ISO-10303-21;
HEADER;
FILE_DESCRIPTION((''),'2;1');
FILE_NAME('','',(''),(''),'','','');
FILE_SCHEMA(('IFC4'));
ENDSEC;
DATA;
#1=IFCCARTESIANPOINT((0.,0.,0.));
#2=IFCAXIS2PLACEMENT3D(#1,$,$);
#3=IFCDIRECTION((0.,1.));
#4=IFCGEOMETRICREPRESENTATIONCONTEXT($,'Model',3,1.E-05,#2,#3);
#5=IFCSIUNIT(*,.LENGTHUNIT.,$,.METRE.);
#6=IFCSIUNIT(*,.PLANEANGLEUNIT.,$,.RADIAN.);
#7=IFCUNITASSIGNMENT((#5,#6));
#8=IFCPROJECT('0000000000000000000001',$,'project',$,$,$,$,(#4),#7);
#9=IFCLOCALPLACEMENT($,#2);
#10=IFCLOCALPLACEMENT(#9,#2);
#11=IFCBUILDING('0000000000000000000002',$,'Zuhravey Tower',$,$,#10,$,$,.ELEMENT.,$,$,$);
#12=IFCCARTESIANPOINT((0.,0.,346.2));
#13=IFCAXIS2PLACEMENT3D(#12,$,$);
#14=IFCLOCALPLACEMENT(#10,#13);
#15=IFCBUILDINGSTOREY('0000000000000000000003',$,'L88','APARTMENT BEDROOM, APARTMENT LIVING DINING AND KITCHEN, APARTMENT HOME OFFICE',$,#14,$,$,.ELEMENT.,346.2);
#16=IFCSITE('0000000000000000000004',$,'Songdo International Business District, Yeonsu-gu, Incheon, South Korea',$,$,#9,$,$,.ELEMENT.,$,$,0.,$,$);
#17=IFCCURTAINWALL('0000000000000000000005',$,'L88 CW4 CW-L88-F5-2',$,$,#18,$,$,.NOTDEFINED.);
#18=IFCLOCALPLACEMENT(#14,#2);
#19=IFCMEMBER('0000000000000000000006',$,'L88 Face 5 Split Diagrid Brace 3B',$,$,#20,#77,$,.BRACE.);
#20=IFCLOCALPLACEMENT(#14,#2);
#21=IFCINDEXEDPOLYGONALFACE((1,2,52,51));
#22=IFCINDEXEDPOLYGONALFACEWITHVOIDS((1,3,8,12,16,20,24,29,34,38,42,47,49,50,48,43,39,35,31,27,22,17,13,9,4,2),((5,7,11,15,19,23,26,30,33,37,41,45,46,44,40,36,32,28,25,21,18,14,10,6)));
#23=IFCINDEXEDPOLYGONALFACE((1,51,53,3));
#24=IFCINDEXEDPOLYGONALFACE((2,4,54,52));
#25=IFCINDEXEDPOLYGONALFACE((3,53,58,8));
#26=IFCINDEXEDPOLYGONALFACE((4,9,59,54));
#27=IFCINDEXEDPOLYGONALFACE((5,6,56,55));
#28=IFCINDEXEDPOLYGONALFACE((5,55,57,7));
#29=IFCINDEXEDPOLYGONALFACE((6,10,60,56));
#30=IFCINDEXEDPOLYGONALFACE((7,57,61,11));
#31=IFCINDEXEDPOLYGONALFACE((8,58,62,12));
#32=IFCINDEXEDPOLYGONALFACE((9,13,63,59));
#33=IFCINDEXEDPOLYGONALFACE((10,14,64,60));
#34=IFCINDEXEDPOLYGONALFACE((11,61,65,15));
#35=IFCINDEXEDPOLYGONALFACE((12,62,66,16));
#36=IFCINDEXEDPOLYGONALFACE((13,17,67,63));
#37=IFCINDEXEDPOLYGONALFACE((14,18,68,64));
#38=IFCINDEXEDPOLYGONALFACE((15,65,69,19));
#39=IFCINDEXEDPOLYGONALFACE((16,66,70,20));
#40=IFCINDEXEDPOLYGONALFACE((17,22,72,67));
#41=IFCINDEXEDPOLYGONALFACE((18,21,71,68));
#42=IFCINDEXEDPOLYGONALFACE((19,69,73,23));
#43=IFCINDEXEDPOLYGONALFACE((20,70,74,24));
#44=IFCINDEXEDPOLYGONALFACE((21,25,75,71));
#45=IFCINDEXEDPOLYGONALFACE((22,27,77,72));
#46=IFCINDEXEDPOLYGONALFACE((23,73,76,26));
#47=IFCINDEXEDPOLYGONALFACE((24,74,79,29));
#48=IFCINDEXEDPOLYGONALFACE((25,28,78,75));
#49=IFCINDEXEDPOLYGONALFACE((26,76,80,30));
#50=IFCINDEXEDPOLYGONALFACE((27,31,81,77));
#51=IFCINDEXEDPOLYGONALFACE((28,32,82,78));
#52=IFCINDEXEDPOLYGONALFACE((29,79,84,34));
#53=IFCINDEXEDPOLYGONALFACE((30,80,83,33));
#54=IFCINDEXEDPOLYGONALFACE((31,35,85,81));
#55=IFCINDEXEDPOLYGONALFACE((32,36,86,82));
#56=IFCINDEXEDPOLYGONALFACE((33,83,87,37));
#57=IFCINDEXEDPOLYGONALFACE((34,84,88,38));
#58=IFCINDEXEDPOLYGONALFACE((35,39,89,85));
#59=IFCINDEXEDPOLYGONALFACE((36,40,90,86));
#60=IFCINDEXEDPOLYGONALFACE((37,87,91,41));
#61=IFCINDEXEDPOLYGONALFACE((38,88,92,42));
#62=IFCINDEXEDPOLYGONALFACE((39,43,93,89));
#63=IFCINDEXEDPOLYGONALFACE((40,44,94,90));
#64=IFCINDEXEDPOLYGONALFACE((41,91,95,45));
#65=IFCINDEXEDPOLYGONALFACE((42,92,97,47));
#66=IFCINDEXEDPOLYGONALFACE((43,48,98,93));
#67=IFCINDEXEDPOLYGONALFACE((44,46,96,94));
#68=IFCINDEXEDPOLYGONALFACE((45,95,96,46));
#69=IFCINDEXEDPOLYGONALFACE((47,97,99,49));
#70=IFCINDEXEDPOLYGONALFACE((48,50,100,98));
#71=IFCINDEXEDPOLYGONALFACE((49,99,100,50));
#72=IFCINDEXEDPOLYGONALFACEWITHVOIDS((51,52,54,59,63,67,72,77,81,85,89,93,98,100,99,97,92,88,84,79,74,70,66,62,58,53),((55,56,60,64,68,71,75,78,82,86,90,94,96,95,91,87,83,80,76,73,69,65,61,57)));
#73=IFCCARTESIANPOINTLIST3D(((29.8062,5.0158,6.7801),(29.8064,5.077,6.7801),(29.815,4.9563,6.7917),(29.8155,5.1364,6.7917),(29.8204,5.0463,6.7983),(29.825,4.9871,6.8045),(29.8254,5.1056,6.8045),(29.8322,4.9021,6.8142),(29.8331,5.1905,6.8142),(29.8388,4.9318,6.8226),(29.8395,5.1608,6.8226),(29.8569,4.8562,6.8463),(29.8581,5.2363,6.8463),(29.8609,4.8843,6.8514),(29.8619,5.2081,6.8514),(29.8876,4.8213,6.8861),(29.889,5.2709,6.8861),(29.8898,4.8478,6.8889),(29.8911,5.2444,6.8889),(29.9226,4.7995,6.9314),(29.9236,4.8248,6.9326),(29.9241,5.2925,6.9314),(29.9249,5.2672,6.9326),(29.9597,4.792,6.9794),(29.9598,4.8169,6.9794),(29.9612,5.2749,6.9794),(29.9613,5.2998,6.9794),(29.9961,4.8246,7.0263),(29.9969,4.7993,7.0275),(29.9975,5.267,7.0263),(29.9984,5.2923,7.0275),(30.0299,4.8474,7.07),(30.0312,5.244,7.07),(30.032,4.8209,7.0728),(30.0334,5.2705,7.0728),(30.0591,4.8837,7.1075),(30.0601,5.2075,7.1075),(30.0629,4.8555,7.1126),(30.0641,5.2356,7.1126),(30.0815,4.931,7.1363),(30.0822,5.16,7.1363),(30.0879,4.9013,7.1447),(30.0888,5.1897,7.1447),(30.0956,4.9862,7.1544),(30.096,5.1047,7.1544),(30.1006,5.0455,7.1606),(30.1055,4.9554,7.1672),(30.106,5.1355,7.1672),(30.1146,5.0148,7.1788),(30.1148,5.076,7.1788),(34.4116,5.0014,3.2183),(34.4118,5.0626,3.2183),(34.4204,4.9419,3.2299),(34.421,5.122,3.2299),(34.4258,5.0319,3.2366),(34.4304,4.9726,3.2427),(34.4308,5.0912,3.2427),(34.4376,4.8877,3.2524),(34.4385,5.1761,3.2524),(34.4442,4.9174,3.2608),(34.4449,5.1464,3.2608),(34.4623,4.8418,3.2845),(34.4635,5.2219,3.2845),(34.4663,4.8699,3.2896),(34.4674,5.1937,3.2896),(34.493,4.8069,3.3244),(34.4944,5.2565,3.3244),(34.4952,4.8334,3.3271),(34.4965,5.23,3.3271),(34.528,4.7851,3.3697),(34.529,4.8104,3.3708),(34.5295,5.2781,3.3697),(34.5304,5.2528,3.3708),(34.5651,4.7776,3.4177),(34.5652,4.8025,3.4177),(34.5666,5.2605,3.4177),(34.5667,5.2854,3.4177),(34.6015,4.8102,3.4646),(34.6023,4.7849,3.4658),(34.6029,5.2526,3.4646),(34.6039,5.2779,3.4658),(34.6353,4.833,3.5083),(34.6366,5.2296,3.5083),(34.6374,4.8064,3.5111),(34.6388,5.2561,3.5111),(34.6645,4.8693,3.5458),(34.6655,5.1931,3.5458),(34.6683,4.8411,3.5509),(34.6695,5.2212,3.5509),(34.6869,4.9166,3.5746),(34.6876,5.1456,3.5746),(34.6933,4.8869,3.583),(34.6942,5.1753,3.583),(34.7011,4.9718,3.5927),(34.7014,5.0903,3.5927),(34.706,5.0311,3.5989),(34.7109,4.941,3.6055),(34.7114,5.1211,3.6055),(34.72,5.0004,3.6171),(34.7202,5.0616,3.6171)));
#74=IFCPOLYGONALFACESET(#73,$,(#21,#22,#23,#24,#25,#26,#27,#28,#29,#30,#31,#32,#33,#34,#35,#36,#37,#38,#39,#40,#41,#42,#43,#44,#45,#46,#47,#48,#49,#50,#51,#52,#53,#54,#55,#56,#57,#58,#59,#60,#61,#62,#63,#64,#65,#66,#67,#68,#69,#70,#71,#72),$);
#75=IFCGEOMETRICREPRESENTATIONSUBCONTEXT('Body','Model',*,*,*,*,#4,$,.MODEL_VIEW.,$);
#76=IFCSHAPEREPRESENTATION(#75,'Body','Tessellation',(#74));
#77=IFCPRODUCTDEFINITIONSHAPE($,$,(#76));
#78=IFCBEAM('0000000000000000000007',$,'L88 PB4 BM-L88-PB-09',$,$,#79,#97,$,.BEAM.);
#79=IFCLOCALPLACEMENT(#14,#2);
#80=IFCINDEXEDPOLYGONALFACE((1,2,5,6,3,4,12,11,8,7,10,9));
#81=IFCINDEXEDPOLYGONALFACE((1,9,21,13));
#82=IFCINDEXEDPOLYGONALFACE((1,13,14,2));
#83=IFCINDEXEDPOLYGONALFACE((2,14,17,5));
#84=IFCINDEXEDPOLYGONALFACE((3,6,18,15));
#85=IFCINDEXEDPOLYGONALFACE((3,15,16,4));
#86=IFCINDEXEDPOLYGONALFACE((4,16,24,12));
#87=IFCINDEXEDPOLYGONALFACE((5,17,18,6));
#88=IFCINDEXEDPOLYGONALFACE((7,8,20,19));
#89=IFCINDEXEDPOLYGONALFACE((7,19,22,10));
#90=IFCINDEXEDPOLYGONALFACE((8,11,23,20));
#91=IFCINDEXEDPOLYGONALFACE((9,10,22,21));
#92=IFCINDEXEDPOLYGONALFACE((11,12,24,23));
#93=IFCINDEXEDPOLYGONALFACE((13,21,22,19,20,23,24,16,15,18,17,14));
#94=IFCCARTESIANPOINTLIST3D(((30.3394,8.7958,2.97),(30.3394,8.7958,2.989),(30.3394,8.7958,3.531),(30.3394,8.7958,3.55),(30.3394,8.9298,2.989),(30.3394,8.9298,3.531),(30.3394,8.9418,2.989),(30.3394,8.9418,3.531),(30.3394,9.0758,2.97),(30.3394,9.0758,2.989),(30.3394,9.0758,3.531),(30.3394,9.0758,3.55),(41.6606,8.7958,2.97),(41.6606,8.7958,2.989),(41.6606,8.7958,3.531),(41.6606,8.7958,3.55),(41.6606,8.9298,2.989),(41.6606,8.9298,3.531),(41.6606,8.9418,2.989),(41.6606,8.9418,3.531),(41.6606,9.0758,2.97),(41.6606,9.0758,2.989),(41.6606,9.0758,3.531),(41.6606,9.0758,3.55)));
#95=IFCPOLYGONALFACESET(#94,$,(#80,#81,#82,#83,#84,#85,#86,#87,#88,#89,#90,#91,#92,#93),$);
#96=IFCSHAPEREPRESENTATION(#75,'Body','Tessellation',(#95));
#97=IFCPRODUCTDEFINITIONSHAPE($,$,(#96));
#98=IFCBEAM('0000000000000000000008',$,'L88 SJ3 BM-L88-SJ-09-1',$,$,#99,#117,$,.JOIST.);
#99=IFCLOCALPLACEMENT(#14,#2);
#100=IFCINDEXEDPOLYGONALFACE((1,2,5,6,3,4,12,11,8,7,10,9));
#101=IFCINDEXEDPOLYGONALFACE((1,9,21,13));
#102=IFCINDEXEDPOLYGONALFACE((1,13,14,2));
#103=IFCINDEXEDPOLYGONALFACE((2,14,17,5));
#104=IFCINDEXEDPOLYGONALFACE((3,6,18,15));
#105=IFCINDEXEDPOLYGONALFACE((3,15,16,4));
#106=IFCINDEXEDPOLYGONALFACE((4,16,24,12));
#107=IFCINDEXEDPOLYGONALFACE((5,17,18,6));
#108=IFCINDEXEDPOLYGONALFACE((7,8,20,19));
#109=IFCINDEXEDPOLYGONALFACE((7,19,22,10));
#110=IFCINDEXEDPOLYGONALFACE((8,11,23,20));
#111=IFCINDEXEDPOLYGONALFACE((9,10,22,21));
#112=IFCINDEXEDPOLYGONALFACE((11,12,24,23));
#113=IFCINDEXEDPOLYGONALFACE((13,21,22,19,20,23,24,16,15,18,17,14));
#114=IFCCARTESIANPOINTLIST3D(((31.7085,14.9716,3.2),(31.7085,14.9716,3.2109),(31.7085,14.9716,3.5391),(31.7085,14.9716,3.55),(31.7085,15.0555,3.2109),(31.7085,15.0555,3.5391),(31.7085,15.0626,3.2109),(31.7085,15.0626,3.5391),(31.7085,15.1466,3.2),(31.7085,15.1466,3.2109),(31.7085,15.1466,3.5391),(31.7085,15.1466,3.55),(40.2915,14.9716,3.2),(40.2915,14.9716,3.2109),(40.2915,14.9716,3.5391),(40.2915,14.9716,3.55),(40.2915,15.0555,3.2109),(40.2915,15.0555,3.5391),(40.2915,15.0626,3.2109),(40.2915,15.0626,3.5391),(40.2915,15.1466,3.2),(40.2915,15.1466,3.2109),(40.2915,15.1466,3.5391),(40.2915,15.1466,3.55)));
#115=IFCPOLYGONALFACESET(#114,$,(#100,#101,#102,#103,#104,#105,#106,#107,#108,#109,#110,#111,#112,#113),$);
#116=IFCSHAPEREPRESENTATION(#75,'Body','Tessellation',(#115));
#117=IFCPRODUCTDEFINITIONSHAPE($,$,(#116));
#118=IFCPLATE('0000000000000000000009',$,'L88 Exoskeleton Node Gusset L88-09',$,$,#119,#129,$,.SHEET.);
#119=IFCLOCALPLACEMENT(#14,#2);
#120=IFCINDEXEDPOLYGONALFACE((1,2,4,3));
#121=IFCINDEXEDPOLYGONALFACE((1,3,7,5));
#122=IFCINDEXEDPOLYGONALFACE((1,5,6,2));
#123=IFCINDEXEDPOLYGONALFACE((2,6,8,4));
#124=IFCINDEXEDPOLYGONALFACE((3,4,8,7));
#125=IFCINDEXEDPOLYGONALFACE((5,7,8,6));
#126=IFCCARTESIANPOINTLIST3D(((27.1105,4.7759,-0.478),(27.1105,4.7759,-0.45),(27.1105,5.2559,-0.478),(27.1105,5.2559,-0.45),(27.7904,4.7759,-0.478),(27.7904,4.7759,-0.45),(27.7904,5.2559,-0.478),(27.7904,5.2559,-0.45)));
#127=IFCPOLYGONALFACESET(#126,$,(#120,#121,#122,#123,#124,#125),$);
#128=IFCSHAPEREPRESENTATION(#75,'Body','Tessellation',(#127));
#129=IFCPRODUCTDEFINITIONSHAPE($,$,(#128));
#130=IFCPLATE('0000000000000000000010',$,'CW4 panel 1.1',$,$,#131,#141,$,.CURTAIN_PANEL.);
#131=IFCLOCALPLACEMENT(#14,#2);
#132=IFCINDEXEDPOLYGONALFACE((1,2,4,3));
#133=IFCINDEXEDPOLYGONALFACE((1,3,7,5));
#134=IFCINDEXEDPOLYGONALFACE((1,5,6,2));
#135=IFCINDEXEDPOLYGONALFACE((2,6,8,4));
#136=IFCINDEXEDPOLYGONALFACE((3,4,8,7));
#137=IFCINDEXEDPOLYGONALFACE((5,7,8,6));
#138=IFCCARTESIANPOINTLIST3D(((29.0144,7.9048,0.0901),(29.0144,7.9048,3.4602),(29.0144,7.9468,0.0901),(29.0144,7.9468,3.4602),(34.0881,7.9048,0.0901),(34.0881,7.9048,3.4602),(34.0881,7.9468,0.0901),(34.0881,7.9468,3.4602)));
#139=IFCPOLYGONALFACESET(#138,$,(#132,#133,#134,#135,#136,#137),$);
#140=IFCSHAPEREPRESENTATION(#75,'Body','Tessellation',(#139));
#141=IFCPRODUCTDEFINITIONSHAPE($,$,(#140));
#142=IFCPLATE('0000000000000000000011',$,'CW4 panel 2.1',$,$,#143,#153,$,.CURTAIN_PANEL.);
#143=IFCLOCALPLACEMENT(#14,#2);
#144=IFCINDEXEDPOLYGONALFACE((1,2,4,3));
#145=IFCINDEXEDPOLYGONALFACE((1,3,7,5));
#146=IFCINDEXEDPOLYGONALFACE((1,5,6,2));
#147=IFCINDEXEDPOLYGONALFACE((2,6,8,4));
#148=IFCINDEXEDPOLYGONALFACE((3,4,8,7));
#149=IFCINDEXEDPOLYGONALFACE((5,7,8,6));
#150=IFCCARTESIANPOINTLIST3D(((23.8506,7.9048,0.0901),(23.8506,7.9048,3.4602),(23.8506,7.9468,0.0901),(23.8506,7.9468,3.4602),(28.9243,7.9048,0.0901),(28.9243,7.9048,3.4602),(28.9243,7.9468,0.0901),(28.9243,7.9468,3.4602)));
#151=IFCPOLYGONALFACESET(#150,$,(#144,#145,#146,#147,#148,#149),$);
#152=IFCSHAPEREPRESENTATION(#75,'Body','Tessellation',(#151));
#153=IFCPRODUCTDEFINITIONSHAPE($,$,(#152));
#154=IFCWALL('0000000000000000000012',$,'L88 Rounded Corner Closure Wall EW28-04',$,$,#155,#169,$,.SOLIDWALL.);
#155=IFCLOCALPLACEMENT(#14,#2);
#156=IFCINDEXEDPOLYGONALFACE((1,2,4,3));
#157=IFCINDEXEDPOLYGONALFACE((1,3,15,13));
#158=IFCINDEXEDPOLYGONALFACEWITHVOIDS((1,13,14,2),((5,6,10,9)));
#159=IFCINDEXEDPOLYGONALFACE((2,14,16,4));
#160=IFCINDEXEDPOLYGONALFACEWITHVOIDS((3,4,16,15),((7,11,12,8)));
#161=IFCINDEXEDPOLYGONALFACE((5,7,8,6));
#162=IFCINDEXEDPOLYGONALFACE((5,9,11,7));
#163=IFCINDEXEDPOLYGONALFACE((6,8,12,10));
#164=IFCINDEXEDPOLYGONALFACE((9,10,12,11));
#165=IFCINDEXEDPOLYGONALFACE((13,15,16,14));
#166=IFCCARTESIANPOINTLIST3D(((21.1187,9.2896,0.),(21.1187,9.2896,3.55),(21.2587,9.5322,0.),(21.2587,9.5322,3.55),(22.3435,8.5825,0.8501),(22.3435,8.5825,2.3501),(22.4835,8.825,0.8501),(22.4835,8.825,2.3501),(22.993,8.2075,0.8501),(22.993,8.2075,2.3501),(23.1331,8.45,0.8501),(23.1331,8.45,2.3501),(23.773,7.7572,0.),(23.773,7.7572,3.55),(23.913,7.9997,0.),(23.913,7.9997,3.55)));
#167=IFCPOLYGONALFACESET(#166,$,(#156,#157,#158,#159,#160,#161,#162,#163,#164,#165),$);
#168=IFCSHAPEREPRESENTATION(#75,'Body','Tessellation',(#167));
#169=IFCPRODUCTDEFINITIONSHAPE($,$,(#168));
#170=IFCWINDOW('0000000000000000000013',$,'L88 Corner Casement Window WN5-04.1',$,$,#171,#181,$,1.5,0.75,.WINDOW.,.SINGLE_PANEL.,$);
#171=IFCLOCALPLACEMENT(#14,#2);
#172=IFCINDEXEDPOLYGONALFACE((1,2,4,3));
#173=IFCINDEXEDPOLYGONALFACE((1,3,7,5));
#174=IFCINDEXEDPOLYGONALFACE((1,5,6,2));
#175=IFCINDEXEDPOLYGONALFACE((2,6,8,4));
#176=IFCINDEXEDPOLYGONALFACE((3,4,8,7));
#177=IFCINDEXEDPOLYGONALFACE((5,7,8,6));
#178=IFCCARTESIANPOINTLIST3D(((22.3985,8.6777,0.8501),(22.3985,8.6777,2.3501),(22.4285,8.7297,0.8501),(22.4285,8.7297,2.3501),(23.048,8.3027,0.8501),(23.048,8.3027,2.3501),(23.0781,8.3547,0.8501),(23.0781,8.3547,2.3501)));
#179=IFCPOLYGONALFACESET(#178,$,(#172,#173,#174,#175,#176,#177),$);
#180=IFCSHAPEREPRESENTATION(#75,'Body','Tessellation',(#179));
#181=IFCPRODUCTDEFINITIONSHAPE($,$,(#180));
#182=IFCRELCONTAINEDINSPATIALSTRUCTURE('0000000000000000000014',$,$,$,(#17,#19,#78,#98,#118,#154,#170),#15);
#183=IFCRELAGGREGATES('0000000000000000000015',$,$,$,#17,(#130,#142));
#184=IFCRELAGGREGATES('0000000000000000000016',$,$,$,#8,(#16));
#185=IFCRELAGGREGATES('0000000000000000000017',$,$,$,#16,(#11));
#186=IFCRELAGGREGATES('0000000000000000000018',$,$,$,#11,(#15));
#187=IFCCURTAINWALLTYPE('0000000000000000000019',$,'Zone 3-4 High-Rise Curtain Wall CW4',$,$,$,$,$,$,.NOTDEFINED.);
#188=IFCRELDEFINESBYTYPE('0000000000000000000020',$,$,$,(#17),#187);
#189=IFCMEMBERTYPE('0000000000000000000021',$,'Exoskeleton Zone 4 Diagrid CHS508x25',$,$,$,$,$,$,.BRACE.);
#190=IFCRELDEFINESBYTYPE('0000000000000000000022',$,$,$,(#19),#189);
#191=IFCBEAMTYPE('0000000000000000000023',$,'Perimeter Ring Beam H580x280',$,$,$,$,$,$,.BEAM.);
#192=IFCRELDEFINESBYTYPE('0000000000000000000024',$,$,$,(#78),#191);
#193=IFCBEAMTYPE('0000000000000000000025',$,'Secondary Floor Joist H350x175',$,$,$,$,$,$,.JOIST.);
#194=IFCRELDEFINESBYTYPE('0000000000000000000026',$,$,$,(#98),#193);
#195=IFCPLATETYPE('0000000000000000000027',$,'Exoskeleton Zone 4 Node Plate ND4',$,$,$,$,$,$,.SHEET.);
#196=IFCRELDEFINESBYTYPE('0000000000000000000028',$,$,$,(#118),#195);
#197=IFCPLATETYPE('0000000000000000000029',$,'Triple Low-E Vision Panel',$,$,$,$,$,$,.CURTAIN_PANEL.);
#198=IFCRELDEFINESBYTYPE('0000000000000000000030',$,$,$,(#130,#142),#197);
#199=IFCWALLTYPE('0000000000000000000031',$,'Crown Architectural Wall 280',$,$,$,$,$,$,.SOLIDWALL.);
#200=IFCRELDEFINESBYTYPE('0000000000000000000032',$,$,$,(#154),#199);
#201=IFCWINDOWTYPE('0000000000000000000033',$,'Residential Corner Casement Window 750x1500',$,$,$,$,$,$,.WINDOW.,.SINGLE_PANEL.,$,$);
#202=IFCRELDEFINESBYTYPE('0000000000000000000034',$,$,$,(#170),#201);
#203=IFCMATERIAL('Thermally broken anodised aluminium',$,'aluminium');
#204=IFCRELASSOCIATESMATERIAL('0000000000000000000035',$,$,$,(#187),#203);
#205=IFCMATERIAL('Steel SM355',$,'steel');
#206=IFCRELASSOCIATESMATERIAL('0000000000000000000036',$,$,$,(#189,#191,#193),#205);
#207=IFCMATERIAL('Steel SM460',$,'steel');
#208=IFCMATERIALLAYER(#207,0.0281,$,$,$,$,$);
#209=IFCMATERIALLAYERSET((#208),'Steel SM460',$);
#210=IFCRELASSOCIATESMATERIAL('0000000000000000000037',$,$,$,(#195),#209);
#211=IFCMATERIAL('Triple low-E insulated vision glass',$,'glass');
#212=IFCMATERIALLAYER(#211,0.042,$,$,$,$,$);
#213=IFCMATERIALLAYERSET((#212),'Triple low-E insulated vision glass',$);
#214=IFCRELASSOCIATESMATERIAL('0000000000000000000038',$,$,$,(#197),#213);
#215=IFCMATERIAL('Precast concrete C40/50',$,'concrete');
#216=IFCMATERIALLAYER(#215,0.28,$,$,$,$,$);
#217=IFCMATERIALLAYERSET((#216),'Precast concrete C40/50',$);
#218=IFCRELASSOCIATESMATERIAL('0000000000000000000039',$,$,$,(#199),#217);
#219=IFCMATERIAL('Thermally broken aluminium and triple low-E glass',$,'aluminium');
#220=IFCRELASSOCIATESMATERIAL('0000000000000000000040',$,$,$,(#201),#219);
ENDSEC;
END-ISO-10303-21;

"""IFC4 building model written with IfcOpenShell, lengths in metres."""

from ifc_helpers import new_model, si_unit, direction, frame, frame_2d, origin, origin_2d, place, context, subcontext, project, spatial, rectangle, hollow_circle, i_section, extrude, material, layer, layer_set, material_profile, profile_set, type_object, element, fill, aggregate, save


model = new_model("IFC4")

# Units and contexts
model_context = context("Model", 3, precision=1e-05, world=origin(), true_north=direction((0.0, 1.0)))
body_context = subcontext(model_context, "Body", "Model", "MODEL_VIEW")
ifc_project = project(units=[si_unit("LENGTHUNIT", "METRE"), si_unit("PLANEANGLEUNIT", "RADIAN")], contexts=[model_context])

# Site, building, storey
site_placement = place(None, origin())
site = spatial("IfcSite", under=ifc_project, at=site_placement, Name="Songdo International Business District, Yeonsu-gu, Incheon, South Korea", CompositionType="ELEMENT", RefElevation=0.0)
building_placement = place(site_placement, origin())
building = spatial("IfcBuilding", under=site, at=building_placement, Name="Zuhravey Tower", CompositionType="ELEMENT")
storey_placement = place(building_placement, frame((0.0, 0.0, 346.2)))
storey = spatial("IfcBuildingStorey", under=building, at=storey_placement, Name="L88", Description="APARTMENT BEDROOM, APARTMENT LIVING DINING AND KITCHEN, APARTMENT HOME OFFICE", CompositionType="ELEMENT", Elevation=346.2)

# Curtain wall
ifc_material_1 = material(Name="Thermally broken anodised aluminium", Category="aluminium")
curtain_wall_type = type_object("IfcCurtainWallType", Name="Zone 3-4 High-Rise Curtain Wall CW4", PredefinedType="NOTDEFINED", material=ifc_material_1)
curtain_wall_placement = place(storey_placement, origin())
curtain_wall = element("IfcCurtainWall", 1, at=curtain_wall_placement, inside=storey, type_object=curtain_wall_type, Name="L88 CW4 CW-L88-F5-2", PredefinedType="NOTDEFINED")

# Member
ifc_material_2 = material(Name="Steel SM355", Category="steel")
ifc_material_profile_1 = material_profile(ifc_material_2, hollow_circle(Radius=0.2539, WallThickness=0.0249, at=origin_2d()), Name="CHS-508.0x25")
ifc_profile_set_1 = profile_set([ifc_material_profile_1], Name="Steel SM355")
member_type_1 = type_object("IfcMemberType", Name="Exoskeleton Zone 4 Diagrid CHS508x25", PredefinedType="BRACE", material=ifc_profile_set_1)
member_1_placement = place(storey_placement, frame((34.5659, 5.0315, 3.4177), z_axis=(-0.791034, 0.002474, 0.611768), x_axis=(-0.003128, -0.999995, 0.0)))
element("IfcMember", 2, at=member_1_placement, inside=storey, type_object=member_type_1, Name="L88 Face 5 Split Diagrid Brace 3B", PredefinedType="BRACE", context=body_context, shape_type="SweptSolid", body=[
    extrude(hollow_circle(Radius=0.2539, WallThickness=0.0249, at=origin_2d()), origin(), (0.0, 0.0, 1.0), 5.822),
])

# Beams
ifc_material_profile_2 = material_profile(ifc_material_2, i_section(OverallWidth=0.28, OverallDepth=0.5801, WebThickness=0.012, FlangeThickness=0.019, at=origin_2d()), Name="H-580x280x12x19")
ifc_profile_set_2 = profile_set([ifc_material_profile_2], Name="Steel SM355")
beam_type_1 = type_object("IfcBeamType", Name="Perimeter Ring Beam H580x280", PredefinedType="BEAM", material=ifc_profile_set_2)
beam_1_placement = place(storey_placement, frame((30.3394, 8.9358, 3.26), z_axis=(1.0, 0.0, 0.0), x_axis=(0.0, 1.0, 0.0)))
element("IfcBeam", 3, at=beam_1_placement, inside=storey, type_object=beam_type_1, Name="L88 PB4 BM-L88-PB-09", PredefinedType="BEAM", context=body_context, shape_type="SweptSolid", body=[
    extrude(i_section(OverallWidth=0.28, OverallDepth=0.5801, WebThickness=0.012, FlangeThickness=0.019, at=origin_2d()), origin(), (0.0, 0.0, 1.0), 11.3213),
])
ifc_material_profile_3 = material_profile(ifc_material_2, i_section(OverallWidth=0.175, OverallDepth=0.3501, WebThickness=0.0071, FlangeThickness=0.011, at=origin_2d()), Name="H-350x175x7x11")
ifc_profile_set_3 = profile_set([ifc_material_profile_3], Name="Steel SM355")
beam_type_2 = type_object("IfcBeamType", Name="Secondary Floor Joist H350x175", PredefinedType="JOIST", material=ifc_profile_set_3)
beam_2_placement = place(storey_placement, frame((31.7085, 15.0591, 3.375), z_axis=(1.0, 0.0, 0.0), x_axis=(0.0, 1.0, 0.0)))
element("IfcBeam", 4, at=beam_2_placement, inside=storey, type_object=beam_type_2, Name="L88 SJ3 BM-L88-SJ-09-1", PredefinedType="JOIST", context=body_context, shape_type="SweptSolid", body=[
    extrude(i_section(OverallWidth=0.175, OverallDepth=0.3501, WebThickness=0.0071, FlangeThickness=0.011, at=origin_2d()), origin(), (0.0, 0.0, 1.0), 8.583),
])

# Plates
ifc_material_3 = material(Name="Steel SM460", Category="steel")
ifc_layer_1 = layer(ifc_material_3, 0.0281)
ifc_layer_set_1 = layer_set([ifc_layer_1], Name="Steel SM460")
plate_type_1 = type_object("IfcPlateType", Name="Exoskeleton Zone 4 Node Plate ND4", PredefinedType="SHEET", material=ifc_layer_set_1)
plate_1_placement = place(storey_placement, frame((27.4504, 5.0159, -0.478), z_axis=(0.0, 0.0, 1.0), x_axis=(1.0, 0.0, 0.0)))
element("IfcPlate", 5, at=plate_1_placement, inside=storey, type_object=plate_type_1, Name="L88 Exoskeleton Node Gusset L88-09", PredefinedType="SHEET", context=body_context, shape_type="SweptSolid", body=[
    extrude(rectangle(XDim=0.6799, YDim=0.48, at=origin_2d()), origin(), (0.0, 0.0, 1.0), 0.0281),
])
ifc_material_4 = material(Name="Triple low-E insulated vision glass", Category="glass")
ifc_layer_2 = layer(ifc_material_4, 0.042)
ifc_layer_set_2 = layer_set([ifc_layer_2], Name="Triple low-E insulated vision glass")
plate_type_2 = type_object("IfcPlateType", Name="Triple Low-E Vision Panel", PredefinedType="CURTAIN_PANEL", material=ifc_layer_set_2)
plate_2_placement = place(storey_placement, frame((31.5513, 7.9258, 0.0901), z_axis=(0.0, 0.0, 1.0), x_axis=(-1.0, 0.0, 0.0)))
plate_2 = element("IfcPlate", 6, at=plate_2_placement, type_object=plate_type_2, Name="CW4 panel 1.1", PredefinedType="CURTAIN_PANEL", context=body_context, shape_type="SweptSolid", body=[
    extrude(rectangle(XDim=5.0737, YDim=0.042, at=origin_2d()), origin(), (0.0, 0.0, 1.0), 3.3701),
])
plate_3_placement = place(storey_placement, frame((26.3875, 7.9258, 0.0901), z_axis=(0.0, 0.0, 1.0), x_axis=(-1.0, 0.0, 0.0)))
plate_3 = element("IfcPlate", 7, at=plate_3_placement, type_object=plate_type_2, Name="CW4 panel 2.1", PredefinedType="CURTAIN_PANEL", context=body_context, shape_type="SweptSolid", body=[
    extrude(rectangle(XDim=5.0737, YDim=0.042, at=origin_2d()), origin(), (0.0, 0.0, 1.0), 3.3701),
])
aggregate(curtain_wall, [plate_2, plate_3])

# Wall, opening, window
ifc_material_5 = material(Name="Precast concrete C40/50", Category="concrete")
ifc_layer_3 = layer(ifc_material_5, 0.28)
ifc_layer_set_3 = layer_set([ifc_layer_3], Name="Precast concrete C40/50")
wall_type_1 = type_object("IfcWallType", Name="Crown Architectural Wall 280", PredefinedType="SOLIDWALL", material=ifc_layer_set_3)
wall_1_placement = place(storey_placement, frame((23.843, 7.8784, 0.0), z_axis=(0.0, 0.0, 1.0), x_axis=(-0.866024, 0.500003, 0.0)))
wall_1 = element("IfcWall", 8, at=wall_1_placement, inside=storey, type_object=wall_type_1, Name="L88 Rounded Corner Closure Wall EW28-04", PredefinedType="SOLIDWALL", context=body_context, shape_type="SweptSolid", body=[
    extrude(rectangle(XDim=3.0649, YDim=0.28, at=frame_2d((1.5325, 0.0))), origin(), (0.0, 0.0, 1.0), 3.55),
])
opening_1_placement = place(wall_1_placement, frame((0.9006, 0.0, 0.8501)))
opening_1 = element("IfcOpeningElement", 9, at=opening_1_placement, cuts=wall_1, PredefinedType="OPENING", context=body_context, shape_type="SweptSolid", body=[
    extrude(rectangle(XDim=0.75, YDim=1.5, at=frame_2d((0.375, 0.75))), frame((0.0, 0.1521, 0.0), z_axis=(0.0, -1.0, 0.0), x_axis=(1.0, 0.0, 0.0)), (0.0, 0.0, 1.0), 0.304),
])
ifc_material_6 = material(Name="Thermally broken aluminium and triple low-E glass", Category="aluminium")
window_type = type_object("IfcWindowType", Name="Residential Corner Casement Window 750x1500", PartitioningType="SINGLE_PANEL", PredefinedType="WINDOW", material=ifc_material_6)
window_placement = place(opening_1_placement, origin())
window = element("IfcWindow", 10, at=window_placement, inside=storey, type_object=window_type, Name="L88 Corner Casement Window WN5-04.1", OverallHeight=1.5, OverallWidth=0.75, PartitioningType="SINGLE_PANEL", PredefinedType="WINDOW", context=body_context, shape_type="SweptSolid", body=[
    extrude(rectangle(XDim=0.75, YDim=1.5, at=frame_2d((0.375, 0.75))), frame((0.0, 0.03, 0.0), z_axis=(0.0, -1.0, 0.0), x_axis=(1.0, 0.0, 0.0)), (0.0, 0.0, 1.0), 0.0601),
])
fill(opening_1, window)

save(model, "model.ifc")
